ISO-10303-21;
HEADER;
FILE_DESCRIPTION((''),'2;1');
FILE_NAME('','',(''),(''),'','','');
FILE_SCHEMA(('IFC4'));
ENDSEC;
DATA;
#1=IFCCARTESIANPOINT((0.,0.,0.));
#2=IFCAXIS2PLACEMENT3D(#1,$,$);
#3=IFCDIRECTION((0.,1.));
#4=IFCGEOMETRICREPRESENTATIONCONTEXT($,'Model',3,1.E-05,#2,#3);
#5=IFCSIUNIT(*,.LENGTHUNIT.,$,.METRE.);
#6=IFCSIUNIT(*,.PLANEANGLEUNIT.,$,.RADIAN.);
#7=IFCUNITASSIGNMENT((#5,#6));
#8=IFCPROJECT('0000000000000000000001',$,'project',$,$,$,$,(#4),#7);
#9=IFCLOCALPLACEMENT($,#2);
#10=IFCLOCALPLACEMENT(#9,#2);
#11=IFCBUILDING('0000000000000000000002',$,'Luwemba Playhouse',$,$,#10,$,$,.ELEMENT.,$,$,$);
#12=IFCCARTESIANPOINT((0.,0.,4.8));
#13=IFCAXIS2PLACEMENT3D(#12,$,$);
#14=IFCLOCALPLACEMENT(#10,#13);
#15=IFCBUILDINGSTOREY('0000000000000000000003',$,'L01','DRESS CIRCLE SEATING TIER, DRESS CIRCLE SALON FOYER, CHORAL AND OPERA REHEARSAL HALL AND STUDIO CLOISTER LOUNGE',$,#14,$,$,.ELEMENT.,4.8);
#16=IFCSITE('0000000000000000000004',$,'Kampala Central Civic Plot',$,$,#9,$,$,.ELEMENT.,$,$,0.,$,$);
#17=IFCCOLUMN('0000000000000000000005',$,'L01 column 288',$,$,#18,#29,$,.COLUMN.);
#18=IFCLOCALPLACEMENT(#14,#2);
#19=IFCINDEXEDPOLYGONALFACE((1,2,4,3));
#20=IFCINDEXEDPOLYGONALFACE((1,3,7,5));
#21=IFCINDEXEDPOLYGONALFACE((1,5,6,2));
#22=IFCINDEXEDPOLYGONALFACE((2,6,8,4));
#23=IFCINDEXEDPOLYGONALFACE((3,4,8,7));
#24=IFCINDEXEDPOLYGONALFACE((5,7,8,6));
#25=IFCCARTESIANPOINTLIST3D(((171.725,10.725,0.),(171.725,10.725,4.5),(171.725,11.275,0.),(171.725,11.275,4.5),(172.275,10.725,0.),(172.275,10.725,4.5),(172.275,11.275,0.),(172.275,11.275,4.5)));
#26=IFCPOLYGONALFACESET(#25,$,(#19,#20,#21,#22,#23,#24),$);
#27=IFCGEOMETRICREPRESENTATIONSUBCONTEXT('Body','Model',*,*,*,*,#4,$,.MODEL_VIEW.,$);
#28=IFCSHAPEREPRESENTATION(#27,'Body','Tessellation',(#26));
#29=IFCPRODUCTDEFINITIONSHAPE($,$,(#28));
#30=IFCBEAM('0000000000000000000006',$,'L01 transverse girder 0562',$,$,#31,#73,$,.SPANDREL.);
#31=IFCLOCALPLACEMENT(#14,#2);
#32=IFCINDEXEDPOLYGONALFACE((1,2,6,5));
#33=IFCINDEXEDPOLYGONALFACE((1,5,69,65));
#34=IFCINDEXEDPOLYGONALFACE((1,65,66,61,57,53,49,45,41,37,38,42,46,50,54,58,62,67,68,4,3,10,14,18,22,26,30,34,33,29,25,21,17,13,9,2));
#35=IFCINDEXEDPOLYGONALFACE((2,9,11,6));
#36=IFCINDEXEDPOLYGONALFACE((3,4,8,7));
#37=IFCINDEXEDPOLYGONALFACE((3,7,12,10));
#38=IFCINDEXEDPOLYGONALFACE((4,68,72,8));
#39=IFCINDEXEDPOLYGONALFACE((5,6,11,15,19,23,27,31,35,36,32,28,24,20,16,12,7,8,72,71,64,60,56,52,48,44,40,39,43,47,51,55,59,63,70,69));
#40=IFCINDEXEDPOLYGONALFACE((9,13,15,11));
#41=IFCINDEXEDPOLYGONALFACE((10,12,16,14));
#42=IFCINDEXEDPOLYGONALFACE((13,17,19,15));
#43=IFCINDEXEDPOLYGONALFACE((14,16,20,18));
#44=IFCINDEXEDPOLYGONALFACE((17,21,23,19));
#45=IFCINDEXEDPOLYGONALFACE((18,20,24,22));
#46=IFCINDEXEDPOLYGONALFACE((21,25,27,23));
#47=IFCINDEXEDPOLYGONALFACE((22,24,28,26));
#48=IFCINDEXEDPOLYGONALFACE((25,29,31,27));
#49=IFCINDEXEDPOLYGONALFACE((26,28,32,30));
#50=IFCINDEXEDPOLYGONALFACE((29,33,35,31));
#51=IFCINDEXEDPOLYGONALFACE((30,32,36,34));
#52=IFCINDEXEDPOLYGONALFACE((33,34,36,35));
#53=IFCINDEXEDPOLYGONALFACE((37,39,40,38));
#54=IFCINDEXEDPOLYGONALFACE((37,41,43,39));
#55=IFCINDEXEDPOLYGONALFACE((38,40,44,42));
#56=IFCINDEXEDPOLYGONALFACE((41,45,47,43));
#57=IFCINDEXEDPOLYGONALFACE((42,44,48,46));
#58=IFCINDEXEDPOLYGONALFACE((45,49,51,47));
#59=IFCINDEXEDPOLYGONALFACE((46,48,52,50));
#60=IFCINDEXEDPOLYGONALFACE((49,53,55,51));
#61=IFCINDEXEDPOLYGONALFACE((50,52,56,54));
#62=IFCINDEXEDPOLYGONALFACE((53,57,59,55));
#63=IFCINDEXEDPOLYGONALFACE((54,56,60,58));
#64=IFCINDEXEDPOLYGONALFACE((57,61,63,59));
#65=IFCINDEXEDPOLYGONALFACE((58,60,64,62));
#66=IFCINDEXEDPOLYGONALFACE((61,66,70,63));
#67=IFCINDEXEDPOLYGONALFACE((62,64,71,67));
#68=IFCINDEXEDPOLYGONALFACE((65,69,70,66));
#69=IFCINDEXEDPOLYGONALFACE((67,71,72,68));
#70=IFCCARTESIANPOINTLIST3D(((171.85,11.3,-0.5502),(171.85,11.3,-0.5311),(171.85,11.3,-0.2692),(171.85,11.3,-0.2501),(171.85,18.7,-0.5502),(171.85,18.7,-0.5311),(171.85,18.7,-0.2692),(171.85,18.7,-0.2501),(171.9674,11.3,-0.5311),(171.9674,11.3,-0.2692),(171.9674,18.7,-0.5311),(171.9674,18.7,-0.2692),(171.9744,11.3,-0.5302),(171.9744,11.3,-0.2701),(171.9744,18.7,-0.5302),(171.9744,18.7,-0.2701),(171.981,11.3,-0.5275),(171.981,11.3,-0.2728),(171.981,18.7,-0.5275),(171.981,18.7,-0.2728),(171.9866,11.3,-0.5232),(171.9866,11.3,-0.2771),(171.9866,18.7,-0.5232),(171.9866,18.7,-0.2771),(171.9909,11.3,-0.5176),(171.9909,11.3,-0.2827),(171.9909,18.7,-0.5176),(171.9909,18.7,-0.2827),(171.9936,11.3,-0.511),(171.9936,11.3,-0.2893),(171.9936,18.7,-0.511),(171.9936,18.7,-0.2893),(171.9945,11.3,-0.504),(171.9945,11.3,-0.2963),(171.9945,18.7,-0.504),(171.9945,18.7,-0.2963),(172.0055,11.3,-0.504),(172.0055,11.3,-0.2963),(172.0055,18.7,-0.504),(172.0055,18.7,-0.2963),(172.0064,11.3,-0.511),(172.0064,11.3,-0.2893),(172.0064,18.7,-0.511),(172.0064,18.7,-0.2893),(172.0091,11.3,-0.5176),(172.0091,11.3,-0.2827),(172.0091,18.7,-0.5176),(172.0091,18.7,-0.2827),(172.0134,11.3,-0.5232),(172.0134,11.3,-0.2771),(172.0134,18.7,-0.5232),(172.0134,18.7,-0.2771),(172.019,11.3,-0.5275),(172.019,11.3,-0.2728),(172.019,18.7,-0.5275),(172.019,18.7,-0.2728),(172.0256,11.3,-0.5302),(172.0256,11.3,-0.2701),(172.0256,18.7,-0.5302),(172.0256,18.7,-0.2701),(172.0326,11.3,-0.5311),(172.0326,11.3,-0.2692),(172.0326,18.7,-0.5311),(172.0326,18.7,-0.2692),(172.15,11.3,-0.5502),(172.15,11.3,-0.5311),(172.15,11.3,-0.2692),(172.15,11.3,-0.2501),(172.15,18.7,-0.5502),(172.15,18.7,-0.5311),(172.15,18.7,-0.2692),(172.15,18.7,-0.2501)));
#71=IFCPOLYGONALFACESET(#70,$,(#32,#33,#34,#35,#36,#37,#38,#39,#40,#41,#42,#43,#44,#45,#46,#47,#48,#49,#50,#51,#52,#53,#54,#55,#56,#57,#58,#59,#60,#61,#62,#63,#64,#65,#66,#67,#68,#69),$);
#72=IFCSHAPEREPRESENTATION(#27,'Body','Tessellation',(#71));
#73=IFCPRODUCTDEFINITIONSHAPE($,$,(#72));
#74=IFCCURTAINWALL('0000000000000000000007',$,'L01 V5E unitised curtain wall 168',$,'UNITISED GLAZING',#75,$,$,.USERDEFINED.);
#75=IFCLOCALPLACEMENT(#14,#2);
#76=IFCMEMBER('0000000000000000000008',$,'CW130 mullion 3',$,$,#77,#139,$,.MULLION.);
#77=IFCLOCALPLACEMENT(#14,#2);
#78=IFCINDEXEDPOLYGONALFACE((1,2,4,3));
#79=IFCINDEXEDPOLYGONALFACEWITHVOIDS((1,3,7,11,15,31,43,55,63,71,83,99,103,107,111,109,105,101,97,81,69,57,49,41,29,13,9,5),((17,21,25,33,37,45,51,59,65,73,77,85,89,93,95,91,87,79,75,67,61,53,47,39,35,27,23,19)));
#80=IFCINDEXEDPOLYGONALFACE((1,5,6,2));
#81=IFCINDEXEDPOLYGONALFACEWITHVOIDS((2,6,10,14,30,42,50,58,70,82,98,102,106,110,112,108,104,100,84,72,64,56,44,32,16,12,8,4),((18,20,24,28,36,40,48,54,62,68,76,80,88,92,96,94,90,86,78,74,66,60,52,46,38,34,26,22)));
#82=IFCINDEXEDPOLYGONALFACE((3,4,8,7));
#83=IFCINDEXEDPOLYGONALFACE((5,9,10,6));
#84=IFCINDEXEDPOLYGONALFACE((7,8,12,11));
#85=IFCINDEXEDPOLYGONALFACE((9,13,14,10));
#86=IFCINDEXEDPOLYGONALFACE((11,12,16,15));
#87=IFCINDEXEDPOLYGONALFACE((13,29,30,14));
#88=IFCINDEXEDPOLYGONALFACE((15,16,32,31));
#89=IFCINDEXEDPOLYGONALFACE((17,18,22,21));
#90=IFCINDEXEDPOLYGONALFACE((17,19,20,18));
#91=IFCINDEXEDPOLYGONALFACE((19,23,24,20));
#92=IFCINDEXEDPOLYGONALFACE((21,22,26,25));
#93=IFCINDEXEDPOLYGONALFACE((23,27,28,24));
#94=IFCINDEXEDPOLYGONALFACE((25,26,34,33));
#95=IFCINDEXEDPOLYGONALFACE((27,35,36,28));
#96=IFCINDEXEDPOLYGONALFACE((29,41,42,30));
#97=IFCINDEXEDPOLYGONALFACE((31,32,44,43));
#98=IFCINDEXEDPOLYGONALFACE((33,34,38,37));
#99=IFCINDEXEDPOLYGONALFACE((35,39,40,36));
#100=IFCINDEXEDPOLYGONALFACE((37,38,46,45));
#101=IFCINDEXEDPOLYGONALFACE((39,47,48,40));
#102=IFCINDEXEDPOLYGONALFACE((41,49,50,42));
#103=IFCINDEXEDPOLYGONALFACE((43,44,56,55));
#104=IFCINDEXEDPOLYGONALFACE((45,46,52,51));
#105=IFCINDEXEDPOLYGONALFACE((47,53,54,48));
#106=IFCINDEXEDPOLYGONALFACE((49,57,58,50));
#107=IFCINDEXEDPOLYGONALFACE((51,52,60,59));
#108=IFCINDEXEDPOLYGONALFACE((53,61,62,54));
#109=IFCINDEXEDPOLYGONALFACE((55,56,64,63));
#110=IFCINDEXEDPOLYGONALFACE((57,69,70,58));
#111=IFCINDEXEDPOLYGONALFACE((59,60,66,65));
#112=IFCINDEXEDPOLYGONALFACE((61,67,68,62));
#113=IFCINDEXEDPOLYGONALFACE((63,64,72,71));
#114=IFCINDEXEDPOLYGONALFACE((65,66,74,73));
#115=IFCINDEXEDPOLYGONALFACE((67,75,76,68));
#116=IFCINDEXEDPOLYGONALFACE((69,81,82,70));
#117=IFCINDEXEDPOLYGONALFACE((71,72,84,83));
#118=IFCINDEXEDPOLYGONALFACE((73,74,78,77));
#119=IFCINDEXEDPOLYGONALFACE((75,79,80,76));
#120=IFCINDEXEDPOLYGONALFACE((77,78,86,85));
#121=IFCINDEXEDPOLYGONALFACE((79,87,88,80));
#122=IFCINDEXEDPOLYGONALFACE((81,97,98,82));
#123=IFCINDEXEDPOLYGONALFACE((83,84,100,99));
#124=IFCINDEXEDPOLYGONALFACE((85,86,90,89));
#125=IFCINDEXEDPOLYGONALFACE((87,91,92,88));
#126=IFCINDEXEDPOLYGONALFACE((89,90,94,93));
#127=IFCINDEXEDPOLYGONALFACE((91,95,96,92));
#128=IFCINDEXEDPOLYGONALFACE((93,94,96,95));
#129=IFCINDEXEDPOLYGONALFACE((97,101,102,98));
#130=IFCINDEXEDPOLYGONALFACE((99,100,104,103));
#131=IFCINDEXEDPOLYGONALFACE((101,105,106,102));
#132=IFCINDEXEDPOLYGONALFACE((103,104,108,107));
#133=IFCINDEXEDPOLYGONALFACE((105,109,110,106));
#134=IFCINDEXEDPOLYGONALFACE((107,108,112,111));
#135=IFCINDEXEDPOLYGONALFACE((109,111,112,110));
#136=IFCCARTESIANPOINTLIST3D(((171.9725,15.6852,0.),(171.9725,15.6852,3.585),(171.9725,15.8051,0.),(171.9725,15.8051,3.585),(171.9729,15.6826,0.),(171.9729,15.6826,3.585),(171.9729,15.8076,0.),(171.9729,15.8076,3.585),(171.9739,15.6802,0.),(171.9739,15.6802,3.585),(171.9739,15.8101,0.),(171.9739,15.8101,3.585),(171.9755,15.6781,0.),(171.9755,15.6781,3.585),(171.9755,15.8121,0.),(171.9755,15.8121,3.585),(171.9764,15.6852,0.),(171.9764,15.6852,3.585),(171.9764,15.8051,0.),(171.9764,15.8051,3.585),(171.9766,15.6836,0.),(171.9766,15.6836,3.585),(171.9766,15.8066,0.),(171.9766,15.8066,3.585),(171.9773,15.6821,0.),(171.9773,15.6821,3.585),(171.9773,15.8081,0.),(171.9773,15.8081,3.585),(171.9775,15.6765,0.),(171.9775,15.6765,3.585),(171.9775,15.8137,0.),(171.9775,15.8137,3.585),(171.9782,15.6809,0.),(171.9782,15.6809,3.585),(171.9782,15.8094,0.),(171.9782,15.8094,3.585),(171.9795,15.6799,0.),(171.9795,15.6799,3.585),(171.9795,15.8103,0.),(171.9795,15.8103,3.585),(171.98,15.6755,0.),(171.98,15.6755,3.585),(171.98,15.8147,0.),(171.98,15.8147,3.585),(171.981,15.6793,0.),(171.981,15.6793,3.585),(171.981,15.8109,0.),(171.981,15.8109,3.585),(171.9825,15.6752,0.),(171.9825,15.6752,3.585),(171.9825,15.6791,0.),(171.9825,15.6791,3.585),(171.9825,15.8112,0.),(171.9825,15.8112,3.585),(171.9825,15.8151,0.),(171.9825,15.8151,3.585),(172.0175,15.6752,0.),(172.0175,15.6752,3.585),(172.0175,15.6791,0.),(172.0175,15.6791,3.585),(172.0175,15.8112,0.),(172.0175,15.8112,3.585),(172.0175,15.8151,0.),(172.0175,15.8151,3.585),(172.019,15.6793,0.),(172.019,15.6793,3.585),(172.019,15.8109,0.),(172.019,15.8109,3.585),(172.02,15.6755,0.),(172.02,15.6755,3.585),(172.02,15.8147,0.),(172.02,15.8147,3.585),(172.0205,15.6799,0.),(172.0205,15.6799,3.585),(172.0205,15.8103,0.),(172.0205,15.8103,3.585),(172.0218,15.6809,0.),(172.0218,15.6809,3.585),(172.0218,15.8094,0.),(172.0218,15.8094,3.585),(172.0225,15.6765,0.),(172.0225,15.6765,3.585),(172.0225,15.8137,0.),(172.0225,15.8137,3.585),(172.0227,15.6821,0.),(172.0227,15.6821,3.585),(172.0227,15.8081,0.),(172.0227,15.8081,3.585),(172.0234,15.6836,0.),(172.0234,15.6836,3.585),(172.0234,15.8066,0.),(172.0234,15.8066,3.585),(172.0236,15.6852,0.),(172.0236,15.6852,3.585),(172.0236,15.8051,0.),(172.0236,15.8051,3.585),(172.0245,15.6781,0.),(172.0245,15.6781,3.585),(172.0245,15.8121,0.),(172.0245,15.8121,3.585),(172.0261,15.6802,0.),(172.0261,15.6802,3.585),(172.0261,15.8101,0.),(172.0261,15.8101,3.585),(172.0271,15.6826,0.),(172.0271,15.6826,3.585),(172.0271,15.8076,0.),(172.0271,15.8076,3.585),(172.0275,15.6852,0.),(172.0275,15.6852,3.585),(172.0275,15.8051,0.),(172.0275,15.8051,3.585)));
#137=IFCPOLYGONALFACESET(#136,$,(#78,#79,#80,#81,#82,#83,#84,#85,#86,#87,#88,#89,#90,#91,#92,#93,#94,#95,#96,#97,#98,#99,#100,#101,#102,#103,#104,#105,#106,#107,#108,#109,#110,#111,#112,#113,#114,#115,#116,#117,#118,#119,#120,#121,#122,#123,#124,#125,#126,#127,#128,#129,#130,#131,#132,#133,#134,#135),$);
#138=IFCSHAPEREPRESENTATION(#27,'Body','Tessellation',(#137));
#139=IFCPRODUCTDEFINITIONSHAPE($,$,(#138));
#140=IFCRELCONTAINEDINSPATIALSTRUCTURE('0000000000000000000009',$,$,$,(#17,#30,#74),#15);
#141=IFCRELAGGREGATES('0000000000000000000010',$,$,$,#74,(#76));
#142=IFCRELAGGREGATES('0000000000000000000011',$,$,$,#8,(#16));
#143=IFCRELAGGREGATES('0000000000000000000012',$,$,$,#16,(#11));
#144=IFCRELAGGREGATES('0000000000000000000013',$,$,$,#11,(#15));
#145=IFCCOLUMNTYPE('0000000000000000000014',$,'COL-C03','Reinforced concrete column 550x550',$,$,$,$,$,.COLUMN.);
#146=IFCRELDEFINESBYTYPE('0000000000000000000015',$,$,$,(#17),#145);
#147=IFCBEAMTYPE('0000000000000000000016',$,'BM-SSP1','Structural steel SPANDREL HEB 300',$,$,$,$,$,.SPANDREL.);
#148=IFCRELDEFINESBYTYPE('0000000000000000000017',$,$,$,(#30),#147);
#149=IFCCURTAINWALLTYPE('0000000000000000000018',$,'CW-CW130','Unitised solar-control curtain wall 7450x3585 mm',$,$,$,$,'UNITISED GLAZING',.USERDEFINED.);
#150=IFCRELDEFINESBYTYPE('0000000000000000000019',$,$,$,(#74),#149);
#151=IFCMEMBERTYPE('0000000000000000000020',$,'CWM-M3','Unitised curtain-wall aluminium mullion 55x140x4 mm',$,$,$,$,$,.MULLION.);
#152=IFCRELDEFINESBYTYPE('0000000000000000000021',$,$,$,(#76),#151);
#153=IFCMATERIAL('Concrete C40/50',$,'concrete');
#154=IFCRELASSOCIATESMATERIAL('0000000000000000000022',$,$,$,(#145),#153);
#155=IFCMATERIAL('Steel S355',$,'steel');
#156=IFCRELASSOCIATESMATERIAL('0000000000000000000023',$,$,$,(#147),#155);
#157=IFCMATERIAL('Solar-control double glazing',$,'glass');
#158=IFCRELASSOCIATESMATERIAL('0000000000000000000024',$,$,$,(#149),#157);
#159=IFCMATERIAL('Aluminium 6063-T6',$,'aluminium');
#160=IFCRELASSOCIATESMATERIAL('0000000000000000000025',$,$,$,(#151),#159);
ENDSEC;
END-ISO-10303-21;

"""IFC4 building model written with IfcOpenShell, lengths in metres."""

from ifc_helpers import new_model, si_unit, direction, frame, origin, origin_2d, place, context, subcontext, project, spatial, rectangle, hollow_rectangle, i_section, extrude, material, material_profile, profile_set, type_object, element, aggregate, save


model = new_model("IFC4")

# Units and contexts
model_context = context("Model", 3, precision=1e-05, world=origin(), true_north=direction((0.0, 1.0)))
body_context = subcontext(model_context, "Body", "Model", "MODEL_VIEW")
ifc_project = project(units=[si_unit("LENGTHUNIT", "METRE"), si_unit("PLANEANGLEUNIT", "RADIAN")], contexts=[model_context])

# Site, building, storey
site_placement = place(None, origin())
site = spatial("IfcSite", under=ifc_project, at=site_placement, Name="Kampala Central Civic Plot", CompositionType="ELEMENT", RefElevation=0.0)
building_placement = place(site_placement, origin())
building = spatial("IfcBuilding", under=site, at=building_placement, Name="Luwemba Playhouse", CompositionType="ELEMENT")
storey_placement = place(building_placement, frame((0.0, 0.0, 4.8)))
storey = spatial("IfcBuildingStorey", under=building, at=storey_placement, Name="L01", Description="DRESS CIRCLE SEATING TIER, DRESS CIRCLE SALON FOYER, CHORAL AND OPERA REHEARSAL HALL AND STUDIO CLOISTER LOUNGE", CompositionType="ELEMENT", Elevation=4.8)

# Column
ifc_material_1 = material(Name="Concrete C40/50", Category="concrete")
ifc_material_profile_1 = material_profile(ifc_material_1, rectangle(XDim=0.55, YDim=0.55, at=origin_2d()))
ifc_profile_set_1 = profile_set([ifc_material_profile_1], Name="Concrete C40/50")
column_type = type_object("IfcColumnType", Name="COL-C03", Description="Reinforced concrete column 550x550", PredefinedType="COLUMN", material=ifc_profile_set_1)
column_placement = place(storey_placement, frame((172.0, 11.0, 0.0), z_axis=(0.0, 0.0, 1.0), x_axis=(1.0, 0.0, 0.0)))
element("IfcColumn", 1, at=column_placement, inside=storey, type_object=column_type, Name="L01 column 288", PredefinedType="COLUMN", context=body_context, shape_type="SweptSolid", body=[
    extrude(rectangle(XDim=0.55, YDim=0.55, at=origin_2d()), origin(), (0.0, 0.0, 1.0), 4.5),
])

# Beam
ifc_material_2 = material(Name="Steel S355", Category="steel")
ifc_material_profile_2 = material_profile(ifc_material_2, i_section(OverallWidth=0.3, OverallDepth=0.3, WebThickness=0.011, FlangeThickness=0.019, FilletRadius=0.0271, at=origin_2d()))
ifc_profile_set_2 = profile_set([ifc_material_profile_2], Name="Steel S355")
beam_type = type_object("IfcBeamType", Name="BM-SSP1", Description="Structural steel SPANDREL HEB 300", PredefinedType="SPANDREL", material=ifc_profile_set_2)
beam_placement = place(storey_placement, frame((172.0, 11.3, -0.4001), z_axis=(0.0, 1.0, 0.0), x_axis=(-1.0, 0.0, 0.0)))
element("IfcBeam", 2, at=beam_placement, inside=storey, type_object=beam_type, Name="L01 transverse girder 0562", PredefinedType="SPANDREL", context=body_context, shape_type="SweptSolid", body=[
    extrude(i_section(OverallWidth=0.3, OverallDepth=0.3, WebThickness=0.011, FlangeThickness=0.019, FilletRadius=0.0271, at=origin_2d()), origin(), (0.0, 0.0, 1.0), 7.3999),
])

# Curtain wall, member
ifc_material_3 = material(Name="Solar-control double glazing", Category="glass")
curtain_wall_type_1 = type_object("IfcCurtainWallType", Name="CW-CW130", Description="Unitised solar-control curtain wall 7450x3585 mm", ElementType="UNITISED GLAZING", PredefinedType="USERDEFINED", material=ifc_material_3)
curtain_wall_1_placement = place(storey_placement, origin())
curtain_wall_1 = element("IfcCurtainWall", 3, at=curtain_wall_1_placement, inside=storey, type_object=curtain_wall_type_1, Name="L01 V5E unitised curtain wall 168", ObjectType="UNITISED GLAZING", PredefinedType="USERDEFINED")
ifc_material_4 = material(Name="Aluminium 6063-T6", Category="aluminium")
ifc_material_profile_3 = material_profile(ifc_material_4, hollow_rectangle(XDim=0.0549, YDim=0.1399, WallThickness=0.0039, InnerFilletRadius=0.0061, OuterFilletRadius=0.01, at=origin_2d()))
ifc_profile_set_3 = profile_set([ifc_material_profile_3], Name="Aluminium 6063-T6")
member_type_1 = type_object("IfcMemberType", Name="CWM-M3", Description="Unitised curtain-wall aluminium mullion 55x140x4 mm", PredefinedType="MULLION", material=ifc_profile_set_3)
member_1_placement = place(storey_placement, frame((172.0, 15.7451, 0.0), z_axis=(0.0, 0.0, 1.0), x_axis=(1.0, 0.0, 0.0)))
member_1 = element("IfcMember", 4, at=member_1_placement, type_object=member_type_1, Name="CW130 mullion 3", PredefinedType="MULLION", context=body_context, shape_type="SweptSolid", body=[
    extrude(hollow_rectangle(XDim=0.0549, YDim=0.1399, WallThickness=0.0039, InnerFilletRadius=0.0061, OuterFilletRadius=0.01, at=origin_2d()), origin(), (0.0, 0.0, 1.0), 3.585),
])

aggregate(curtain_wall_1, [member_1])

save(model, "model.ifc")
